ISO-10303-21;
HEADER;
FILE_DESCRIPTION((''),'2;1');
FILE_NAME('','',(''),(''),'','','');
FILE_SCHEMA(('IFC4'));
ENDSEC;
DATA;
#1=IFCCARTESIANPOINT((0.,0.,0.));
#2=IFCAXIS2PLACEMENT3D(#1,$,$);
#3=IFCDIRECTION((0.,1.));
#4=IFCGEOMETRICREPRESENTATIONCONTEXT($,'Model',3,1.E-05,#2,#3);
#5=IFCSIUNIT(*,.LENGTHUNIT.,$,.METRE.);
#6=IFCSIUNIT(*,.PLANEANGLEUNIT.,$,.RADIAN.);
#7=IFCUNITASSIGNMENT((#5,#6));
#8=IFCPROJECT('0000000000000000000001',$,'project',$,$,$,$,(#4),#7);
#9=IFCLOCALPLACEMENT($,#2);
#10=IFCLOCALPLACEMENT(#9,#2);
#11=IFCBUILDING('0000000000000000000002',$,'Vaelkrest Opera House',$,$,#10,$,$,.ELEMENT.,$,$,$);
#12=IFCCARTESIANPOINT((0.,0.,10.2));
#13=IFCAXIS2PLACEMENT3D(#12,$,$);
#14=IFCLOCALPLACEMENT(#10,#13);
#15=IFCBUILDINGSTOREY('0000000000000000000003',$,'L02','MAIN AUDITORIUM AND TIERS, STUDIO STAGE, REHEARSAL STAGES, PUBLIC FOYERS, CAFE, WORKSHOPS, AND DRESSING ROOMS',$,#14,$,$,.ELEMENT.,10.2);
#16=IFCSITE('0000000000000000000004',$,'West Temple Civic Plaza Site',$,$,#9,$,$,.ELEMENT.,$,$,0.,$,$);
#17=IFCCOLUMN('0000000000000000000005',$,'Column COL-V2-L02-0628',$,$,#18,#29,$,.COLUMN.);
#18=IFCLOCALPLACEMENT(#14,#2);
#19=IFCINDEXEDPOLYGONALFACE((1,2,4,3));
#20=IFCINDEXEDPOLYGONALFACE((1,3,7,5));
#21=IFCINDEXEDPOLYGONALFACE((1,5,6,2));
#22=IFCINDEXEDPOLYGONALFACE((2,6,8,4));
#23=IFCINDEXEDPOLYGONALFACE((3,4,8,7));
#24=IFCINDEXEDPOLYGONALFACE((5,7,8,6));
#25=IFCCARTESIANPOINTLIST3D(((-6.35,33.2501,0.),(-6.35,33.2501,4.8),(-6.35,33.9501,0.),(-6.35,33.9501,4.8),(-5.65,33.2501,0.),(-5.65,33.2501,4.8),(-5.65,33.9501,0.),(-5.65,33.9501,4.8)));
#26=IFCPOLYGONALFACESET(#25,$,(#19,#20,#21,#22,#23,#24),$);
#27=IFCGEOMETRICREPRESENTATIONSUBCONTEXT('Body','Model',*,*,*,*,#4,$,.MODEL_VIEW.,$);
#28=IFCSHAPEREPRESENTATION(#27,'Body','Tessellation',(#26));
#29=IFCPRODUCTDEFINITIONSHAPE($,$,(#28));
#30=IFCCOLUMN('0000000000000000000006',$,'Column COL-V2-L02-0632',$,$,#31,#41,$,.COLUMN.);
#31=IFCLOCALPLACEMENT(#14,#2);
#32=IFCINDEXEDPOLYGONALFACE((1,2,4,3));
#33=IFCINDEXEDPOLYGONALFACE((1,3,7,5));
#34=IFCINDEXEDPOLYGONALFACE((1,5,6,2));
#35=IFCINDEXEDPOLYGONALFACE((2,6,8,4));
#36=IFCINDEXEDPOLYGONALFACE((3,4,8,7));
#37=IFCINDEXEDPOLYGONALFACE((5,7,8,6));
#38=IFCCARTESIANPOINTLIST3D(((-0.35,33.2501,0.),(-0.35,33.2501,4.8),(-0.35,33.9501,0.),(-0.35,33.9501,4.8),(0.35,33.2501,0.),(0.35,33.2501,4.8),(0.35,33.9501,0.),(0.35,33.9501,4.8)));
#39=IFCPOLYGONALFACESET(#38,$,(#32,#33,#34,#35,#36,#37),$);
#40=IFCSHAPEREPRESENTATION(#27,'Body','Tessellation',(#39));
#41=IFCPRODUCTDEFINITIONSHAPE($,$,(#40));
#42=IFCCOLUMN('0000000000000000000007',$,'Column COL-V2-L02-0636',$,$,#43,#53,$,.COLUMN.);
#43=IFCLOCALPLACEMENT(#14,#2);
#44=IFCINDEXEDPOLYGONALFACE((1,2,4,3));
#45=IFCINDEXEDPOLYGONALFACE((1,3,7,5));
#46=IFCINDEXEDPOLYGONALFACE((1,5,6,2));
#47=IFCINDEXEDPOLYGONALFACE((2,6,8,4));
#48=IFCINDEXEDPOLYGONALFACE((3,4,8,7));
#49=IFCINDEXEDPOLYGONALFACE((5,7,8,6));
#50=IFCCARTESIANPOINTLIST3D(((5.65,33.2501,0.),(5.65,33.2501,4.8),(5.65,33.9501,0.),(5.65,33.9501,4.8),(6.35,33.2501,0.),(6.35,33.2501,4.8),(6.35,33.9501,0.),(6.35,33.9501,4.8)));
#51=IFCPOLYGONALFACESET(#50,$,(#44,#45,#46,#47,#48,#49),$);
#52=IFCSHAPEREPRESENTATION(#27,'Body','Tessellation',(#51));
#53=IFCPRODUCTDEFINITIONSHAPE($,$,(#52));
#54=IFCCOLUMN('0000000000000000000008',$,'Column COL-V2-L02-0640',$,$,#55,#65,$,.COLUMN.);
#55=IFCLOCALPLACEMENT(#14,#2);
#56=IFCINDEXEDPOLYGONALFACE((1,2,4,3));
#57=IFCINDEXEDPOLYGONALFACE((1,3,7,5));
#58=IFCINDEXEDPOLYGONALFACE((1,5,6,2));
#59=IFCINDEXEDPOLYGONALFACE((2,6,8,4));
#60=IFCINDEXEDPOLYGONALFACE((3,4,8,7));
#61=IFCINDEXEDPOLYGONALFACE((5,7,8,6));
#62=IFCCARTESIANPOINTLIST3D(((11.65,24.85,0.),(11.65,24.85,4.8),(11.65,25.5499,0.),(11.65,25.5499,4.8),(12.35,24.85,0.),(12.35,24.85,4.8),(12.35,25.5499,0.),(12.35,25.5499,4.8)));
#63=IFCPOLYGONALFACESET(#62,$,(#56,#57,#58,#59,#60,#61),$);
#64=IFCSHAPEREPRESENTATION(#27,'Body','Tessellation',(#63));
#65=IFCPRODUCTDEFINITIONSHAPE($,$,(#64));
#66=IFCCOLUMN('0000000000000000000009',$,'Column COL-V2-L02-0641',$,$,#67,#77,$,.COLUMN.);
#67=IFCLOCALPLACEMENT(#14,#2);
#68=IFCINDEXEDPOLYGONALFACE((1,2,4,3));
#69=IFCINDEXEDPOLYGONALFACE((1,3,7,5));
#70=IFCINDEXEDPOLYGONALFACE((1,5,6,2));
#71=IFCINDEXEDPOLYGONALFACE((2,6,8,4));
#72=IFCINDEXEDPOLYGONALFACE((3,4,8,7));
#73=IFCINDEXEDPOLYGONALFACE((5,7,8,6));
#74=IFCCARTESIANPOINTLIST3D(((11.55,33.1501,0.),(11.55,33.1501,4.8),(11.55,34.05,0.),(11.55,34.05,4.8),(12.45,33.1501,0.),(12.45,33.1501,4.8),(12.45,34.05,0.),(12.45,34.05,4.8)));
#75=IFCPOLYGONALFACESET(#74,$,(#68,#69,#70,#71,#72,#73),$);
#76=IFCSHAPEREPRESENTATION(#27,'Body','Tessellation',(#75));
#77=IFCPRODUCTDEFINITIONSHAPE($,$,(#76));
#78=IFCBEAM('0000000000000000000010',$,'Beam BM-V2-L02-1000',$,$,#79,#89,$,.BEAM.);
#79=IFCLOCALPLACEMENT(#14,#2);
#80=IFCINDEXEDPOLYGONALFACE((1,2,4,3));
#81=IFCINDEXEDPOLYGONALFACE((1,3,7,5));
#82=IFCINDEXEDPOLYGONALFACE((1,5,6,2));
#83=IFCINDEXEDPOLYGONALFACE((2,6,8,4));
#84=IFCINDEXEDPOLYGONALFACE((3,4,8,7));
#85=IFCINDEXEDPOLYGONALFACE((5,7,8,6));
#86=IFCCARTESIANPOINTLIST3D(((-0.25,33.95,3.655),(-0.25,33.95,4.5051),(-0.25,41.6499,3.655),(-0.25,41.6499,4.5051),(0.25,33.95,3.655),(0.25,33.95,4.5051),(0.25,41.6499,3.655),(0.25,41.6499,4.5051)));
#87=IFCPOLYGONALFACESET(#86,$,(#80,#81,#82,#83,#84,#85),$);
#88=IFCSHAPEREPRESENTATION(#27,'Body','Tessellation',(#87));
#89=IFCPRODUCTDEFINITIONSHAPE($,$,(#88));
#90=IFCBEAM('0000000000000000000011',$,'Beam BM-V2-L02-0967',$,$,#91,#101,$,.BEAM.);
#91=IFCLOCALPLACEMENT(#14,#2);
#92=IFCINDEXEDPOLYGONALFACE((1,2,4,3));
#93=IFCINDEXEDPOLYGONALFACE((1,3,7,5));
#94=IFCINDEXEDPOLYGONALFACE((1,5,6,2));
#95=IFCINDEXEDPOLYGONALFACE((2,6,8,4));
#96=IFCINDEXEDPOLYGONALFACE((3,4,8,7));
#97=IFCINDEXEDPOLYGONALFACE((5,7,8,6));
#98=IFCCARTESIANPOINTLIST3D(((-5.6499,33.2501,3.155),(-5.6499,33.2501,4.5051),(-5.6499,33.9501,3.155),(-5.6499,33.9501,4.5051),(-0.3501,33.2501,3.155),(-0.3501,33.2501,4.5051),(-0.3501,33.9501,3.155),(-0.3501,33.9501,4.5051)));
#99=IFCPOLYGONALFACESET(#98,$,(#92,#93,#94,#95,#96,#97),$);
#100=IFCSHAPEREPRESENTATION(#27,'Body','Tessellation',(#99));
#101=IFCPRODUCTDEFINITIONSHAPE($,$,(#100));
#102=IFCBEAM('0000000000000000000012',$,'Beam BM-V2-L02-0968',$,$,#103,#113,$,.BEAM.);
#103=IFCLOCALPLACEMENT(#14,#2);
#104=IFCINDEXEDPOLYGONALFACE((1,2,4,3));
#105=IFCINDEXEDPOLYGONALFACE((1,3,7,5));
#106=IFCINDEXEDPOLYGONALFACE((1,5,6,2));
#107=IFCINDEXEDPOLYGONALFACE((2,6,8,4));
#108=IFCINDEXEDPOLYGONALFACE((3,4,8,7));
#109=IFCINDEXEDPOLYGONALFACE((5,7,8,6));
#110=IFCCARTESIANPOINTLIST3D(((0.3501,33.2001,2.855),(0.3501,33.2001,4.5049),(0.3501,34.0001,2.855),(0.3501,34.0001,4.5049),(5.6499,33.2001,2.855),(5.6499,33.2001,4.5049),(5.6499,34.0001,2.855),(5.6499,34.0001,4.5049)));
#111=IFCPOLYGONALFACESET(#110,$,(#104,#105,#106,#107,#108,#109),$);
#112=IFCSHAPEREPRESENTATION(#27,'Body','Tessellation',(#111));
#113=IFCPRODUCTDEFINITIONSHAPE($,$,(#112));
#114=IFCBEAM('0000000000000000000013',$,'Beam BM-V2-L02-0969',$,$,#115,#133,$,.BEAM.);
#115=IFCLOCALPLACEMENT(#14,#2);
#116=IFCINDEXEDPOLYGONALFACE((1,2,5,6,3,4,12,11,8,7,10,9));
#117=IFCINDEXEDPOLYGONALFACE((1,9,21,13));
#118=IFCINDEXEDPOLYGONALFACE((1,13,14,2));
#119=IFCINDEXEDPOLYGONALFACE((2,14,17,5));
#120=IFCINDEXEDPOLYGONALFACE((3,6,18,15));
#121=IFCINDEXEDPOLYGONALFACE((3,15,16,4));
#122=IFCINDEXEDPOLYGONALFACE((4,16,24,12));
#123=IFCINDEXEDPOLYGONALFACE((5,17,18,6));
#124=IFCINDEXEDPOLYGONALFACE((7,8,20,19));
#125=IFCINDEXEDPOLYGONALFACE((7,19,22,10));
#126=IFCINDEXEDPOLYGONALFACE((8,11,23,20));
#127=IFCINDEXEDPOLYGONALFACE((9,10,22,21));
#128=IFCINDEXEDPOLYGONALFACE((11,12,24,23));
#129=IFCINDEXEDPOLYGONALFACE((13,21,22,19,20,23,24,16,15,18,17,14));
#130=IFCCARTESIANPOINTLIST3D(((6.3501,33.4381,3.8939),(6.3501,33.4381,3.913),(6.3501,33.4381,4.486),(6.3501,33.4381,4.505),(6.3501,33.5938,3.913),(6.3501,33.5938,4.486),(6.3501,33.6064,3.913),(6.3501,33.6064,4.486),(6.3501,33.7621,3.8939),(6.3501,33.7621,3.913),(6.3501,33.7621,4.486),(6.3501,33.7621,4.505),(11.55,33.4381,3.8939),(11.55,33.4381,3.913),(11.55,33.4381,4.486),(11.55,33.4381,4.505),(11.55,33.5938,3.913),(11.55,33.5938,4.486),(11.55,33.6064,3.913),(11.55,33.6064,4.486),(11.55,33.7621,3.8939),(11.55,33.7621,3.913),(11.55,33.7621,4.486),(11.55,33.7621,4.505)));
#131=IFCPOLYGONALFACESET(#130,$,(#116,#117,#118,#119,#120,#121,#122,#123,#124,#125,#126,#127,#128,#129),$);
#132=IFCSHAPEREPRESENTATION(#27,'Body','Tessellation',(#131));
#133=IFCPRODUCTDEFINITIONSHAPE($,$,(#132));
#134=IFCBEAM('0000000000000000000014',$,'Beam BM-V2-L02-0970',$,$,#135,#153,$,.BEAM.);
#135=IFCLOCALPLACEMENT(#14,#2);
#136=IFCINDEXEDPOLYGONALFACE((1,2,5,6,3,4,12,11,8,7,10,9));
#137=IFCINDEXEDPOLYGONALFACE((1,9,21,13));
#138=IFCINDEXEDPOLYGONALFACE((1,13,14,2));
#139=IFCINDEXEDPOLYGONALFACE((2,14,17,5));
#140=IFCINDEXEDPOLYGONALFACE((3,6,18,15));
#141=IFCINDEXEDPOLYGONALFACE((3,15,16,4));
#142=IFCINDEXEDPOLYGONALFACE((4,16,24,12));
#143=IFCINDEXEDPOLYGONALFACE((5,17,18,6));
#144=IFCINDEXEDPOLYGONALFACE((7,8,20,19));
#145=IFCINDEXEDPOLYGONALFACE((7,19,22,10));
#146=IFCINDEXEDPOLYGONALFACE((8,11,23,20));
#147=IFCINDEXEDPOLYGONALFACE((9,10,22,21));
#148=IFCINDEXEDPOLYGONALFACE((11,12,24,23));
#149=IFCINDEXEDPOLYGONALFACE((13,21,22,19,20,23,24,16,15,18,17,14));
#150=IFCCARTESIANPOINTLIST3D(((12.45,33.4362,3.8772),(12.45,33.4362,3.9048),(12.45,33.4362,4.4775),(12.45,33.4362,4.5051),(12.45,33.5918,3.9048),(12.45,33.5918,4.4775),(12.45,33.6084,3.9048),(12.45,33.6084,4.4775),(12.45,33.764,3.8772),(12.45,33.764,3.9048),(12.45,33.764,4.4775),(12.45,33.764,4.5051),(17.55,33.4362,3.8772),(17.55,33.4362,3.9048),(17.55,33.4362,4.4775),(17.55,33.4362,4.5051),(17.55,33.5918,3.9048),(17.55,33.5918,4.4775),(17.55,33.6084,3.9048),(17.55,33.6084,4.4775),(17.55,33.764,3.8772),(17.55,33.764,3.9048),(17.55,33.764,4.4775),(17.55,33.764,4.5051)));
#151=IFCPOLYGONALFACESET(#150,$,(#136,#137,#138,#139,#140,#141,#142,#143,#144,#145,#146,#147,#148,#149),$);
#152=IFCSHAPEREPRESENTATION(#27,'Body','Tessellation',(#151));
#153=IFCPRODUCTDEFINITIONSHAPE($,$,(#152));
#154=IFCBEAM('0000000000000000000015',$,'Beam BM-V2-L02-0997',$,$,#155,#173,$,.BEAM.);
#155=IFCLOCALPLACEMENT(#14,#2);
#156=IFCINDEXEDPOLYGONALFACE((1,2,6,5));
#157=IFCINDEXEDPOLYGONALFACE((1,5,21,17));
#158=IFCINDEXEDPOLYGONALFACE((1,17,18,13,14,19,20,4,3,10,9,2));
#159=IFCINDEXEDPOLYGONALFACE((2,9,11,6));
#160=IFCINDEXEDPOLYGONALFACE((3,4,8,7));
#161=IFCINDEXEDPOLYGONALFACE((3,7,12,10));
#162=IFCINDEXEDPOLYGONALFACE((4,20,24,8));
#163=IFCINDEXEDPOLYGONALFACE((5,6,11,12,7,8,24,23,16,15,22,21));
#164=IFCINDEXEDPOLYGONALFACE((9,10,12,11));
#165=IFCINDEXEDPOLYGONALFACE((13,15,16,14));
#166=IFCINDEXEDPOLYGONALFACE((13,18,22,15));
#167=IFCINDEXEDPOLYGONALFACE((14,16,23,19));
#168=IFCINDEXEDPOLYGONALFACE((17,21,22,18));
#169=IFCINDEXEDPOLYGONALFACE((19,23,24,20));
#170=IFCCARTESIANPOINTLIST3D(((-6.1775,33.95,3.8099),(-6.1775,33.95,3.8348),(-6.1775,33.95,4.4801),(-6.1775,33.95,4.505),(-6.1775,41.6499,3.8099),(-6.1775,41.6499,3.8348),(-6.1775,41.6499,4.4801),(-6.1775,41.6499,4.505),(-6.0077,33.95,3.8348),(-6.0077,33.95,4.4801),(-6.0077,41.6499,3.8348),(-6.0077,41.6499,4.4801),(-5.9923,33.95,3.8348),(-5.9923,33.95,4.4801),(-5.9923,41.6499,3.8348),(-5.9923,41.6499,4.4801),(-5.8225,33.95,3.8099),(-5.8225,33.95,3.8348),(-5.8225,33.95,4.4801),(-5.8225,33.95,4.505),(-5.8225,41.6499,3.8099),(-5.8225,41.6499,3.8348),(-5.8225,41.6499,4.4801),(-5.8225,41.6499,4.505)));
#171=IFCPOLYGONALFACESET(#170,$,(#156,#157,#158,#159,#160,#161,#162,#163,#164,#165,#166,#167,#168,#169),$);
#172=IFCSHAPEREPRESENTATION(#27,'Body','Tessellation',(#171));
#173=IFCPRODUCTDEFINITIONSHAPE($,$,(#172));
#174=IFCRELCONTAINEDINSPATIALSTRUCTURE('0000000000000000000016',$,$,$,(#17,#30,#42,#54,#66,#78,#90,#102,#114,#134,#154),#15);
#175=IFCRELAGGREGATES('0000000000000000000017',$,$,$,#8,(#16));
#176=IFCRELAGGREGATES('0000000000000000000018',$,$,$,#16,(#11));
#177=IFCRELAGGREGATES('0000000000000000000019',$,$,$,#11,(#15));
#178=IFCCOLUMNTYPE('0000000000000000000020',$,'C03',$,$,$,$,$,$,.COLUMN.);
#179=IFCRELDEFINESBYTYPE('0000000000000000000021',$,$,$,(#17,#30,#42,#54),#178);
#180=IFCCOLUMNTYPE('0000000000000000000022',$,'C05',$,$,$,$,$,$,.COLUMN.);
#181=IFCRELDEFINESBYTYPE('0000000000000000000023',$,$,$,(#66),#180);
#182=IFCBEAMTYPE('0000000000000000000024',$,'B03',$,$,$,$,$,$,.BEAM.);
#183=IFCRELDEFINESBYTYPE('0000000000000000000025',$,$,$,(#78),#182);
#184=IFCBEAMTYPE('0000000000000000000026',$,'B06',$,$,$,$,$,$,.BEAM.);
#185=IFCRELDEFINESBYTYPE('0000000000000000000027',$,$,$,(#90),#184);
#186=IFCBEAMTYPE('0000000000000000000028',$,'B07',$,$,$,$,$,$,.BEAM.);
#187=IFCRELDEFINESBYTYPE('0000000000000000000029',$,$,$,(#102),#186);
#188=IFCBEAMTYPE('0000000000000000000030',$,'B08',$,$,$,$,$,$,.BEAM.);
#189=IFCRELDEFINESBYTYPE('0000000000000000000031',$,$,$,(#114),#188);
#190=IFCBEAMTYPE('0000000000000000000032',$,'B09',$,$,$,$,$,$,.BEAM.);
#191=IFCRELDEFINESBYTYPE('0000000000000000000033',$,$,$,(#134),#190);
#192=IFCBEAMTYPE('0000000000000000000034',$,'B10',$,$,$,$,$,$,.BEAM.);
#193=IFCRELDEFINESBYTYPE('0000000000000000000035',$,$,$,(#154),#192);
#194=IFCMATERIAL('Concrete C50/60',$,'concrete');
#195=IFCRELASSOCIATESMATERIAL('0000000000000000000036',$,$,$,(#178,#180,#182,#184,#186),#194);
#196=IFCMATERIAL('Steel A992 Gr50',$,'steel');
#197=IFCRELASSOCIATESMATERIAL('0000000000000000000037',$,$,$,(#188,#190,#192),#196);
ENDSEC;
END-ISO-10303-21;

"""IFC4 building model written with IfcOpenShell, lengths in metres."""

from ifc_helpers import new_model, si_unit, direction, frame, origin, origin_2d, place, context, subcontext, project, spatial, rectangle, i_section, extrude, material, material_profile, profile_set, type_object, element, save


model = new_model("IFC4")

# Units and contexts
model_context = context("Model", 3, precision=1e-05, world=origin(), true_north=direction((0.0, 1.0)))
body_context = subcontext(model_context, "Body", "Model", "MODEL_VIEW")
ifc_project = project(units=[si_unit("LENGTHUNIT", "METRE"), si_unit("PLANEANGLEUNIT", "RADIAN")], contexts=[model_context])

# Site, building, storey
site_placement = place(None, origin())
site = spatial("IfcSite", under=ifc_project, at=site_placement, Name="West Temple Civic Plaza Site", CompositionType="ELEMENT", RefElevation=0.0)
building_placement = place(site_placement, origin())
building = spatial("IfcBuilding", under=site, at=building_placement, Name="Vaelkrest Opera House", CompositionType="ELEMENT")
storey_placement = place(building_placement, frame((0.0, 0.0, 10.2)))
storey = spatial("IfcBuildingStorey", under=building, at=storey_placement, Name="L02", Description="MAIN AUDITORIUM AND TIERS, STUDIO STAGE, REHEARSAL STAGES, PUBLIC FOYERS, CAFE, WORKSHOPS, AND DRESSING ROOMS", CompositionType="ELEMENT", Elevation=10.2)

# Columns
ifc_material_1 = material(Name="Concrete C50/60", Category="concrete")
ifc_material_profile_1 = material_profile(ifc_material_1, rectangle(XDim=0.7, YDim=0.7, at=origin_2d()), Name="RC700X700")
ifc_profile_set_1 = profile_set([ifc_material_profile_1], Name="Concrete C50/60")
column_type_1 = type_object("IfcColumnType", Name="C03", PredefinedType="COLUMN", material=ifc_profile_set_1)
for number, where, z_axis, x_axis, name in (
    (1, (-6.0, 33.6001, 0.0), (0.0, 0.0, 1.0), (1.0, 0.0, 0.0), "Column COL-V2-L02-0628"),
    (2, (0.0, 33.6001, 0.0), (0.0, 0.0, 1.0), (1.0, 0.0, 0.0), "Column COL-V2-L02-0632"),
    (3, (6.0, 33.6001, 0.0), (0.0, 0.0, 1.0), (1.0, 0.0, 0.0), "Column COL-V2-L02-0636"),
    (4, (12.0, 25.2, 0.0), (0.0, 0.0, 1.0), (1.0, 0.0, 0.0), "Column COL-V2-L02-0640"),
):
    element("IfcColumn", number, at=place(storey_placement, frame(where, z_axis=z_axis, x_axis=x_axis)), inside=storey, type_object=column_type_1, Name=name, PredefinedType="COLUMN", context=body_context, shape_type="SweptSolid", body=[
        extrude(rectangle(XDim=0.7, YDim=0.7, at=origin_2d()), origin(), (0.0, 0.0, 1.0), 4.8),
    ])
ifc_material_profile_2 = material_profile(ifc_material_1, rectangle(XDim=0.8999, YDim=0.8999, at=origin_2d()), Name="RC900X900")
ifc_profile_set_2 = profile_set([ifc_material_profile_2], Name="Concrete C50/60")
column_type_2 = type_object("IfcColumnType", Name="C05", PredefinedType="COLUMN", material=ifc_profile_set_2)
column_placement = place(storey_placement, frame((12.0, 33.6001, 0.0), z_axis=(0.0, 0.0, 1.0), x_axis=(1.0, 0.0, 0.0)))
element("IfcColumn", 5, at=column_placement, inside=storey, type_object=column_type_2, Name="Column COL-V2-L02-0641", PredefinedType="COLUMN", context=body_context, shape_type="SweptSolid", body=[
    extrude(rectangle(XDim=0.8999, YDim=0.8999, at=origin_2d()), origin(), (0.0, 0.0, 1.0), 4.8),
])

# Beams
ifc_material_profile_3 = material_profile(ifc_material_1, rectangle(XDim=0.5, YDim=0.8501, at=origin_2d()), Name="RCB500X850")
ifc_profile_set_3 = profile_set([ifc_material_profile_3], Name="Concrete C50/60")
beam_type_1 = type_object("IfcBeamType", Name="B03", PredefinedType="BEAM", material=ifc_profile_set_3)
beam_1_placement = place(storey_placement, frame((0.0, 33.95, 4.0801), z_axis=(0.0, 1.0, 0.0), x_axis=(-1.0, 0.0, 0.0)))
element("IfcBeam", 6, at=beam_1_placement, inside=storey, type_object=beam_type_1, Name="Beam BM-V2-L02-1000", PredefinedType="BEAM", context=body_context, shape_type="SweptSolid", body=[
    extrude(rectangle(XDim=0.5, YDim=0.8501, at=origin_2d()), origin(), (0.0, 0.0, 1.0), 7.7),
])
ifc_material_profile_4 = material_profile(ifc_material_1, rectangle(XDim=0.7, YDim=1.3501, at=origin_2d()), Name="RCB700X1350")
ifc_profile_set_4 = profile_set([ifc_material_profile_4], Name="Concrete C50/60")
beam_type_2 = type_object("IfcBeamType", Name="B06", PredefinedType="BEAM", material=ifc_profile_set_4)
beam_2_placement = place(storey_placement, frame((-5.6499, 33.6001, 3.8301), z_axis=(1.0, 0.0, 0.0), x_axis=(0.0, 1.0, 0.0)))
element("IfcBeam", 7, at=beam_2_placement, inside=storey, type_object=beam_type_2, Name="Beam BM-V2-L02-0967", PredefinedType="BEAM", context=body_context, shape_type="SweptSolid", body=[
    extrude(rectangle(XDim=0.7, YDim=1.3501, at=origin_2d()), origin(), (0.0, 0.0, 1.0), 5.2998),
])
ifc_material_profile_5 = material_profile(ifc_material_1, rectangle(XDim=0.8, YDim=1.6499, at=origin_2d()), Name="RCB800X1650")
ifc_profile_set_5 = profile_set([ifc_material_profile_5], Name="Concrete C50/60")
beam_type_3 = type_object("IfcBeamType", Name="B07", PredefinedType="BEAM", material=ifc_profile_set_5)
beam_3_placement = place(storey_placement, frame((0.3501, 33.6001, 3.6799), z_axis=(1.0, 0.0, 0.0), x_axis=(0.0, 1.0, 0.0)))
element("IfcBeam", 8, at=beam_3_placement, inside=storey, type_object=beam_type_3, Name="Beam BM-V2-L02-0968", PredefinedType="BEAM", context=body_context, shape_type="SweptSolid", body=[
    extrude(rectangle(XDim=0.8, YDim=1.6499, at=origin_2d()), origin(), (0.0, 0.0, 1.0), 5.2998),
])
ifc_material_2 = material(Name="Steel A992 Gr50", Category="steel")
ifc_material_profile_6 = material_profile(ifc_material_2, i_section(OverallWidth=0.324, OverallDepth=0.6111, WebThickness=0.0127, FlangeThickness=0.019, at=origin_2d()), Name="W24X104")
ifc_profile_set_6 = profile_set([ifc_material_profile_6], Name="Steel A992 Gr50")
beam_type_4 = type_object("IfcBeamType", Name="B08", PredefinedType="BEAM", material=ifc_profile_set_6)
beam_4_placement = place(storey_placement, frame((6.3501, 33.6001, 4.1995), z_axis=(1.0, 0.0, 0.0), x_axis=(0.0, 1.0, 0.0)))
element("IfcBeam", 9, at=beam_4_placement, inside=storey, type_object=beam_type_4, Name="Beam BM-V2-L02-0969", PredefinedType="BEAM", context=body_context, shape_type="SweptSolid", body=[
    extrude(i_section(OverallWidth=0.324, OverallDepth=0.6111, WebThickness=0.0127, FlangeThickness=0.019, at=origin_2d()), origin(), (0.0, 0.0, 1.0), 5.2),
])
ifc_material_profile_7 = material_profile(ifc_material_2, i_section(OverallWidth=0.3279, OverallDepth=0.6279, WebThickness=0.0166, FlangeThickness=0.0276, at=origin_2d()), Name="W24X146")
ifc_profile_set_7 = profile_set([ifc_material_profile_7], Name="Steel A992 Gr50")
beam_type_5 = type_object("IfcBeamType", Name="B09", PredefinedType="BEAM", material=ifc_profile_set_7)
beam_5_placement = place(storey_placement, frame((12.45, 33.6001, 4.1912), z_axis=(1.0, 0.0, 0.0), x_axis=(0.0, 1.0, 0.0)))
element("IfcBeam", 10, at=beam_5_placement, inside=storey, type_object=beam_type_5, Name="Beam BM-V2-L02-0970", PredefinedType="BEAM", context=body_context, shape_type="SweptSolid", body=[
    extrude(i_section(OverallWidth=0.3279, OverallDepth=0.6279, WebThickness=0.0166, FlangeThickness=0.0276, at=origin_2d()), origin(), (0.0, 0.0, 1.0), 5.1001),
])
ifc_material_profile_8 = material_profile(ifc_material_2, i_section(OverallWidth=0.355, OverallDepth=0.6951, WebThickness=0.0154, FlangeThickness=0.0249, at=origin_2d()), Name="W27X146")
ifc_profile_set_8 = profile_set([ifc_material_profile_8], Name="Steel A992 Gr50")
beam_type_6 = type_object("IfcBeamType", Name="B10", PredefinedType="BEAM", material=ifc_profile_set_8)
beam_6_placement = place(storey_placement, frame((-6.0, 33.95, 4.1575), z_axis=(0.0, 1.0, 0.0), x_axis=(-1.0, 0.0, 0.0)))
element("IfcBeam", 11, at=beam_6_placement, inside=storey, type_object=beam_type_6, Name="Beam BM-V2-L02-0997", PredefinedType="BEAM", context=body_context, shape_type="SweptSolid", body=[
    extrude(i_section(OverallWidth=0.355, OverallDepth=0.6951, WebThickness=0.0154, FlangeThickness=0.0249, at=origin_2d()), origin(), (0.0, 0.0, 1.0), 7.7),
])

save(model, "model.ifc")
